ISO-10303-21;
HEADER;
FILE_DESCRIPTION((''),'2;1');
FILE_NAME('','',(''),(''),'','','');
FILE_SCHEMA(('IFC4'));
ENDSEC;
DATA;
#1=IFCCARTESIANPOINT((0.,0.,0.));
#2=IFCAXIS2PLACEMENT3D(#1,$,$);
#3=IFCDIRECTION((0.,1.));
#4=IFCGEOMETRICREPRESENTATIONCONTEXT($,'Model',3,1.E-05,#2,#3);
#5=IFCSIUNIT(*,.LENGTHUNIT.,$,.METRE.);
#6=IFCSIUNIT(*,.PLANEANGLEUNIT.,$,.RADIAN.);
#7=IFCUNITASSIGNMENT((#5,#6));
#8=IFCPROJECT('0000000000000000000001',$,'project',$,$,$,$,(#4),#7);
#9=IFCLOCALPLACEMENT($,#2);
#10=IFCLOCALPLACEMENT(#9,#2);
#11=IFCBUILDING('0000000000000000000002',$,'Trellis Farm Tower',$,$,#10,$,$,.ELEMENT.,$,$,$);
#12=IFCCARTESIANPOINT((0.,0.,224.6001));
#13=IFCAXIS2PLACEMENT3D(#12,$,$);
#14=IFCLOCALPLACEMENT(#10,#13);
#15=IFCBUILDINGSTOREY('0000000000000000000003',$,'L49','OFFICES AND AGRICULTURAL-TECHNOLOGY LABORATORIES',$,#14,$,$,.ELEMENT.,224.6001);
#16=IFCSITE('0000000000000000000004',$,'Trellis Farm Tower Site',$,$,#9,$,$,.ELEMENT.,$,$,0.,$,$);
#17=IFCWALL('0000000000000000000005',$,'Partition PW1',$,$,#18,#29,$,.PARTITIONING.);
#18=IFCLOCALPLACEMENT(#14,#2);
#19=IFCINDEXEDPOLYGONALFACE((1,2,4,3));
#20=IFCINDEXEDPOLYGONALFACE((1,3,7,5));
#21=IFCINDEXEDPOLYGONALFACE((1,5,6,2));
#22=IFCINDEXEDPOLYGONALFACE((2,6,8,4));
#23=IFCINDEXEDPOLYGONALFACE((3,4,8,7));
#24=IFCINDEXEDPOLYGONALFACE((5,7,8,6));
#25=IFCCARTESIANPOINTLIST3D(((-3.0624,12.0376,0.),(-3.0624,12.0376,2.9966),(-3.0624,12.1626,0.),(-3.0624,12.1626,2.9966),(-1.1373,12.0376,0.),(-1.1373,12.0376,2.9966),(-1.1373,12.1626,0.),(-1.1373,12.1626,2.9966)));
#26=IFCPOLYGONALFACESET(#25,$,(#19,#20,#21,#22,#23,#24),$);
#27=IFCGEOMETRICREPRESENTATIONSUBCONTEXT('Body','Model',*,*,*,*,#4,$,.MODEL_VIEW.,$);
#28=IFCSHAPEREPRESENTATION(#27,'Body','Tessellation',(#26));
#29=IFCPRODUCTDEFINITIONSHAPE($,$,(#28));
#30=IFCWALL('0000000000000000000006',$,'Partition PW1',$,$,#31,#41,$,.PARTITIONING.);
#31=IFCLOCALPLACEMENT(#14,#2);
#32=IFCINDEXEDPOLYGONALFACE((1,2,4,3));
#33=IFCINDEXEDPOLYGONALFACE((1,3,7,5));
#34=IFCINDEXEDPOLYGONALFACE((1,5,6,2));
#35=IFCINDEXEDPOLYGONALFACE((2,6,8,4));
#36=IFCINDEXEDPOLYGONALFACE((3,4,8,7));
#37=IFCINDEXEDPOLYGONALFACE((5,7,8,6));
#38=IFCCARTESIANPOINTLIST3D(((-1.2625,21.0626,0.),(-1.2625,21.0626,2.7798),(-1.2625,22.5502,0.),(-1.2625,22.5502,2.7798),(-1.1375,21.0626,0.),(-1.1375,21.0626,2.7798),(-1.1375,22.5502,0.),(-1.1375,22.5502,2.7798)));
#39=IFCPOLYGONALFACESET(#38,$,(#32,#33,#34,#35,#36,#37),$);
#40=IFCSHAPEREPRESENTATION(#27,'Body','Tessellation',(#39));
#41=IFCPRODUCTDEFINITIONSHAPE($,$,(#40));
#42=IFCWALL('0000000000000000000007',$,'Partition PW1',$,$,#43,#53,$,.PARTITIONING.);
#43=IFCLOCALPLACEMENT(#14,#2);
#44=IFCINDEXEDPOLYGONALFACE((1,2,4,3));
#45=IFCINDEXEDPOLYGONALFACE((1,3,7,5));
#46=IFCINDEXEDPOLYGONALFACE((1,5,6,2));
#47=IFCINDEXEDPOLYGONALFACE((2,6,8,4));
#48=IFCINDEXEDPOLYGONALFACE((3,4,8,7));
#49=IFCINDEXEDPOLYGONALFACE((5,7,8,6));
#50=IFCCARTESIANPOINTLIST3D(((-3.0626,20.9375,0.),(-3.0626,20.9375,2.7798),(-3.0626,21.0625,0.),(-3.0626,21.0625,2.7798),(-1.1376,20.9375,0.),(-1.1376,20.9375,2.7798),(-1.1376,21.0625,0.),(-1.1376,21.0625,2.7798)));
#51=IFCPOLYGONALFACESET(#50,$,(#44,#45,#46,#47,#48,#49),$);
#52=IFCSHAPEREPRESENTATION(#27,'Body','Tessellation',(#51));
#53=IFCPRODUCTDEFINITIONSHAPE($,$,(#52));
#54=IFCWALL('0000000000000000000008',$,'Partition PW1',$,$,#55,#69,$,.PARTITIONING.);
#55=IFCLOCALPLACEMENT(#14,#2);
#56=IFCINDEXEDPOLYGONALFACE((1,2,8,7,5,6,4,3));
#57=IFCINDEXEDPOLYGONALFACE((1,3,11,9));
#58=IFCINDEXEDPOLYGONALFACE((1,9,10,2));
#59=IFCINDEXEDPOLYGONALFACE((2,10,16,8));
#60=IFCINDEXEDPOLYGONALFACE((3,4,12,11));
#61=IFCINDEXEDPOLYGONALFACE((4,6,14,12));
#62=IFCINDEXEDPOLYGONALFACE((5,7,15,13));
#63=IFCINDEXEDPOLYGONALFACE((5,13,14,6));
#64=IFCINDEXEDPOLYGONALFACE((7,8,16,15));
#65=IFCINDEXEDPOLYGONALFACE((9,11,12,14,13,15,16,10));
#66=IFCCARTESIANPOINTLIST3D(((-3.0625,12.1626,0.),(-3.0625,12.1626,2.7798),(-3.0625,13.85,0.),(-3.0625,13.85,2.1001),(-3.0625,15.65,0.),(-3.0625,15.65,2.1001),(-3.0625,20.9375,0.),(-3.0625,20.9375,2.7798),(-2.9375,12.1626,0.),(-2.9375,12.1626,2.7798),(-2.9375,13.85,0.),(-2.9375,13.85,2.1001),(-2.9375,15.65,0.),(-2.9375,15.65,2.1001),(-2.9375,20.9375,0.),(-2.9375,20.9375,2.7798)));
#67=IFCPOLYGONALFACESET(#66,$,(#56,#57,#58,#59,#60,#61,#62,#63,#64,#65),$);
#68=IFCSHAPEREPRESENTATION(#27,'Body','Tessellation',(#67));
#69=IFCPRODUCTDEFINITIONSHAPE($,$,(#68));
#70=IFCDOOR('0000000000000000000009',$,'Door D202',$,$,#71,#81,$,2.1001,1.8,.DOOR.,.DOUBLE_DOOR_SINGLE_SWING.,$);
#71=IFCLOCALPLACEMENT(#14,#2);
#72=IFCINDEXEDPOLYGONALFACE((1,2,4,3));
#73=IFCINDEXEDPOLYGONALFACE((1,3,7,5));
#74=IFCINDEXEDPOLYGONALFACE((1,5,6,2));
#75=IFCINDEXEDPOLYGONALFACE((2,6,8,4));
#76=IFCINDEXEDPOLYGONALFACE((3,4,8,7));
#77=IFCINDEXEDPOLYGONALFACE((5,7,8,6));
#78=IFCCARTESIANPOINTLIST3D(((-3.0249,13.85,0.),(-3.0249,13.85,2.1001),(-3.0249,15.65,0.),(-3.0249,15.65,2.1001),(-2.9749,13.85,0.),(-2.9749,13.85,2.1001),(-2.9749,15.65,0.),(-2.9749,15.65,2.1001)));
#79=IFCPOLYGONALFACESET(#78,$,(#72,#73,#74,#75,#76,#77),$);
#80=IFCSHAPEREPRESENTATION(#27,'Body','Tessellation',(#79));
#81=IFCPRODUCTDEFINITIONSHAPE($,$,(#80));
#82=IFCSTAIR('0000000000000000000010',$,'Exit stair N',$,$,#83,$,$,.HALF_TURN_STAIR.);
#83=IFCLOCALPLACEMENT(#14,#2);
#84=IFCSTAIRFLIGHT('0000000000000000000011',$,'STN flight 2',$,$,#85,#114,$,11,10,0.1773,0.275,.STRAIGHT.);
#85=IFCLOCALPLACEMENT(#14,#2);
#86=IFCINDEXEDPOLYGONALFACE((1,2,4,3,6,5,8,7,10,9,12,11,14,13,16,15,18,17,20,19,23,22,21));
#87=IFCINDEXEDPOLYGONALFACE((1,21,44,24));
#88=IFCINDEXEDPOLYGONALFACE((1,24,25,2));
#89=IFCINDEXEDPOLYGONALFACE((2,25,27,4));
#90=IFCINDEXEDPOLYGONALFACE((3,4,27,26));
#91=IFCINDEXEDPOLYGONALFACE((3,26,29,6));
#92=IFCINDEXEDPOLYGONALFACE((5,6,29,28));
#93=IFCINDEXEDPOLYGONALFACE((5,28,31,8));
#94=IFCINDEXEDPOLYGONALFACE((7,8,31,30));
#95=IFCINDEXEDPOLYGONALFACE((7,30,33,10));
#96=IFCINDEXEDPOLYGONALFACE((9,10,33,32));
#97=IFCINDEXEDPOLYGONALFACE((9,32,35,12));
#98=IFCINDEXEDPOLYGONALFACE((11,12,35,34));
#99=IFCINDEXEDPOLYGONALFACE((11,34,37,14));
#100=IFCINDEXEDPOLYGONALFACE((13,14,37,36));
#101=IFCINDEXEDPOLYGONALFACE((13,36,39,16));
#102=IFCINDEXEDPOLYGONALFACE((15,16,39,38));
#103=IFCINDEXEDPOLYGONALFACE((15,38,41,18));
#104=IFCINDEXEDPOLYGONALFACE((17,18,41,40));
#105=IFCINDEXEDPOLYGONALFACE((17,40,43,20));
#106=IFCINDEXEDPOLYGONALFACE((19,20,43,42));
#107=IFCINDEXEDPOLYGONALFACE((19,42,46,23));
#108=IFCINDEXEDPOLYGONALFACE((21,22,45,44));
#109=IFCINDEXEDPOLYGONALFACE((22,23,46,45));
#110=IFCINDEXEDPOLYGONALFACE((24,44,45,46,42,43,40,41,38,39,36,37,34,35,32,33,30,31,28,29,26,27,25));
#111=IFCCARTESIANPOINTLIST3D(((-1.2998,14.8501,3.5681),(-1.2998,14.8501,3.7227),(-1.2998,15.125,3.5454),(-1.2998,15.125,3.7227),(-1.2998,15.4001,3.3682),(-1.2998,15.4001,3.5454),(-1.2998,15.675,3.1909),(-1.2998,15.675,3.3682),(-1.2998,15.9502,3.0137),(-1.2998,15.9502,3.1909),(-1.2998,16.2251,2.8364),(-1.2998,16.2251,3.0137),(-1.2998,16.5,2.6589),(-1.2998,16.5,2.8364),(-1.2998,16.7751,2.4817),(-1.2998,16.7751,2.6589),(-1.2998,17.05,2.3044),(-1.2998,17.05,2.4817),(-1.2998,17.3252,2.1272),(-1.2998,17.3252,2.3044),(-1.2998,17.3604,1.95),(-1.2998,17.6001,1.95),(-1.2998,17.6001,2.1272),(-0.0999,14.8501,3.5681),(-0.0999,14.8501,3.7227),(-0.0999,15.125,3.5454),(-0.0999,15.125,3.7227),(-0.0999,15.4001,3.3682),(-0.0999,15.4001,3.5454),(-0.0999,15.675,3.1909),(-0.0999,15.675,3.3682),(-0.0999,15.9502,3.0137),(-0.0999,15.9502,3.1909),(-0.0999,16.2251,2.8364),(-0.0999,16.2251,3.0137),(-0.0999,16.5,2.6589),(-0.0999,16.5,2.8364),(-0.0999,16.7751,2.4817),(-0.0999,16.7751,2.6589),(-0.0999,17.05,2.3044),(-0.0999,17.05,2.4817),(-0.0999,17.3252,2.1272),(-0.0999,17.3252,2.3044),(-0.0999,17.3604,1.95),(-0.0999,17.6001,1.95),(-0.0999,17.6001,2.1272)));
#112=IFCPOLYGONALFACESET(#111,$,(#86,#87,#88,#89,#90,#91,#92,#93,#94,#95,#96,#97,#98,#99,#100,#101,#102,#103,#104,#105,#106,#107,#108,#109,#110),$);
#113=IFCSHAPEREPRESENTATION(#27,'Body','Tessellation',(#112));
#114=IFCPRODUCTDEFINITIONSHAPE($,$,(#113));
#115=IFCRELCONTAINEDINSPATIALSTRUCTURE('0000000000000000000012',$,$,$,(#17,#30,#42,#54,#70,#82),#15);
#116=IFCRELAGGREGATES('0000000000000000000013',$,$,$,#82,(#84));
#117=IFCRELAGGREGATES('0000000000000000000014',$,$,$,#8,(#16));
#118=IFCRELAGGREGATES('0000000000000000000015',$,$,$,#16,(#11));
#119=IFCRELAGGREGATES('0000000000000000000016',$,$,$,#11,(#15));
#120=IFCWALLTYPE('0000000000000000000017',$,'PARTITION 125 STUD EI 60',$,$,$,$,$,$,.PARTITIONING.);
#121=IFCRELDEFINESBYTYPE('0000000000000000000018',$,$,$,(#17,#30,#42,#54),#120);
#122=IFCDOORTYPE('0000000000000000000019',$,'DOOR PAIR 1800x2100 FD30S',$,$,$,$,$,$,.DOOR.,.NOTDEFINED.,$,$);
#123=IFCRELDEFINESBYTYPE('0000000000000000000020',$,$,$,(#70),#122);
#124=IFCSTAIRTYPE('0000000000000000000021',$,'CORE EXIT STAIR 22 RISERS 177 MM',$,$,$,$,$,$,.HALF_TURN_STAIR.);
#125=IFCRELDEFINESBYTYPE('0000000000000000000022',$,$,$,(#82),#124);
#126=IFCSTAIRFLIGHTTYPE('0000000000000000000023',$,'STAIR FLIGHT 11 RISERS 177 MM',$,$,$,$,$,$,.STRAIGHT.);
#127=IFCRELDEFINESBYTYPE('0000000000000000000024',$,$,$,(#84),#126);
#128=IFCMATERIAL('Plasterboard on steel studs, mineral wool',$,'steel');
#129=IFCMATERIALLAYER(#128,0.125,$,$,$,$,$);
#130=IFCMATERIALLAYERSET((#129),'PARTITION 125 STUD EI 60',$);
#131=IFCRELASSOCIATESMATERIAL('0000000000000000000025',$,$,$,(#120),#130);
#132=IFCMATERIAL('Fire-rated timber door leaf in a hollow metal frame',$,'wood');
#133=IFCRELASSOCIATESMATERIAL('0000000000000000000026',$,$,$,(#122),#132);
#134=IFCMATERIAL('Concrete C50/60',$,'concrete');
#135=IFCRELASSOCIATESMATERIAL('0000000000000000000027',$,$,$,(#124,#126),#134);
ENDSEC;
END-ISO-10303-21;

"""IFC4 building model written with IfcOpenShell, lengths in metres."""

from ifc_helpers import new_model, si_unit, direction, frame, frame_2d, origin, place, context, subcontext, project, spatial, polyline, rectangle, outline, extrude, source, transform, mapped, material, layer, layer_set, type_object, element, fill, aggregate, save


model = new_model("IFC4")

# Units and contexts
model_context = context("Model", 3, precision=1e-05, world=origin(), true_north=direction((0.0, 1.0)))
body_context = subcontext(model_context, "Body", "Model", "MODEL_VIEW")
ifc_project = project(units=[si_unit("LENGTHUNIT", "METRE"), si_unit("PLANEANGLEUNIT", "RADIAN")], contexts=[model_context])

# Site, building, storey
site_placement = place(None, origin())
site = spatial("IfcSite", under=ifc_project, at=site_placement, Name="Trellis Farm Tower Site", CompositionType="ELEMENT", RefElevation=0.0)
building_placement = place(site_placement, origin())
building = spatial("IfcBuilding", under=site, at=building_placement, Name="Trellis Farm Tower", CompositionType="ELEMENT")
storey_placement = place(building_placement, frame((0.0, 0.0, 224.6001)))
storey = spatial("IfcBuildingStorey", under=building, at=storey_placement, Name="L49", Description="OFFICES AND AGRICULTURAL-TECHNOLOGY LABORATORIES", CompositionType="ELEMENT", Elevation=224.6001)

# Shared definitions
placement_1 = place(storey_placement, origin())

# Walls
ifc_material_1 = material(Name="Plasterboard on steel studs, mineral wool", Category="steel")
ifc_layer_1 = layer(ifc_material_1, 0.125)
ifc_layer_set_1 = layer_set([ifc_layer_1], Name="PARTITION 125 STUD EI 60")
wall_type_1 = type_object("IfcWallType", Name="PARTITION 125 STUD EI 60", PredefinedType="PARTITIONING", material=ifc_layer_set_1)
shared_shape_1 = source(origin(), body_context, "Body", "SweptSolid", [
    extrude(rectangle(XDim=1.925, YDim=0.125, at=frame_2d((0.9624, 0.0))), origin(), (0.0, 0.0, 1.0), 2.9966),
])
wall_1_placement = place(storey_placement, frame((-1.1375, 12.1001, 0.0), z_axis=(0.0, 0.0, 1.0), x_axis=(-1.0, 0.0, 0.0)))
element("IfcWall", 1, at=wall_1_placement, inside=storey, type_object=wall_type_1, Name="Partition PW1", PredefinedType="PARTITIONING", context=body_context, shape_type="MappedRepresentation", body=[
    mapped(shared_shape_1, transform((0.0, 0.0, 0.0))),
])
shared_shape_2 = source(origin(), body_context, "Body", "SweptSolid", [
    extrude(rectangle(XDim=1.4875, YDim=0.125, at=frame_2d((0.7437, 0.0))), origin(), (0.0, 0.0, 1.0), 2.7798),
])
wall_2_placement = place(storey_placement, frame((-1.2, 22.55, 0.0), z_axis=(0.0, 0.0, 1.0), x_axis=(0.0, -1.0, 0.0)))
element("IfcWall", 2, at=wall_2_placement, inside=storey, type_object=wall_type_1, Name="Partition PW1", PredefinedType="PARTITIONING", context=body_context, shape_type="MappedRepresentation", body=[
    mapped(shared_shape_2, transform((0.0, 0.0, 0.0))),
])
shared_shape_3 = source(origin(), body_context, "Body", "SweptSolid", [
    extrude(rectangle(XDim=1.925, YDim=0.125, at=frame_2d((0.9624, 0.0))), origin(), (0.0, 0.0, 1.0), 2.7798),
])
wall_3_placement = place(storey_placement, frame((-3.0625, 21.0, 0.0), z_axis=(0.0, 0.0, 1.0), x_axis=(1.0, 0.0, 0.0)))
element("IfcWall", 3, at=wall_3_placement, inside=storey, type_object=wall_type_1, Name="Partition PW1", PredefinedType="PARTITIONING", context=body_context, shape_type="MappedRepresentation", body=[
    mapped(shared_shape_3, transform((0.0, 0.0, 0.0))),
])

# Wall, opening, door
shared_shape_4 = source(origin(), body_context, "Body", "SweptSolid", [
    extrude(rectangle(XDim=8.7749, YDim=0.125, at=frame_2d((4.3875, 0.0))), origin(), (0.0, 0.0, 1.0), 2.7798),
])
wall_4_placement = place(storey_placement, frame((-3.0, 12.1626, 0.0), z_axis=(0.0, 0.0, 1.0), x_axis=(0.0, 1.0, 0.0)))
wall_4 = element("IfcWall", 4, at=wall_4_placement, inside=storey, type_object=wall_type_1, Name="Partition PW1", PredefinedType="PARTITIONING", context=body_context, shape_type="MappedRepresentation", body=[
    mapped(shared_shape_4, transform((0.0, 0.0, 0.0))),
])
shared_shape_5 = source(origin(), body_context, "Body", "SweptSolid", [
    extrude(rectangle(XDim=1.8, YDim=2.1001, at=frame_2d((0.8999, 1.05))), frame((0.0, 0.0725, 0.0), z_axis=(0.0, -1.0, 0.0), x_axis=(1.0, 0.0, 0.0)), (0.0, 0.0, 1.0), 0.145),
])
opening_1_placement = place(wall_4_placement, frame((1.6875, 0.0, 0.0)))
opening_1 = element("IfcOpeningElement", 5, at=opening_1_placement, cuts=wall_4, PredefinedType="OPENING", context=body_context, shape_type="MappedRepresentation", body=[
    mapped(shared_shape_5, transform((0.0, 0.0, 0.0))),
])
ifc_material_2 = material(Name="Fire-rated timber door leaf in a hollow metal frame", Category="wood")
door_type_1 = type_object("IfcDoorType", Name="DOOR PAIR 1800x2100 FD30S", OperationType="NOTDEFINED", PredefinedType="DOOR", material=ifc_material_2)
shared_shape_6 = source(origin(), body_context, "Body", "SweptSolid", [
    extrude(rectangle(XDim=1.8, YDim=2.1001, at=frame_2d((0.8999, 1.05))), frame((0.0, 0.0249, 0.0), z_axis=(0.0, -1.0, 0.0), x_axis=(1.0, 0.0, 0.0)), (0.0, 0.0, 1.0), 0.05),
])
door_1_placement = place(opening_1_placement, origin())
door_1 = element("IfcDoor", 6, at=door_1_placement, inside=storey, type_object=door_type_1, Name="Door D202", OperationType="DOUBLE_DOOR_SINGLE_SWING", OverallHeight=2.1001, OverallWidth=1.8, PredefinedType="DOOR", context=body_context, shape_type="MappedRepresentation", body=[
    mapped(shared_shape_6, transform((0.0, 0.0, 0.0))),
])
fill(opening_1, door_1)

# Stair, stair flight
ifc_material_3 = material(Name="Concrete C50/60", Category="concrete")
stair_type = type_object("IfcStairType", Name="CORE EXIT STAIR 22 RISERS 177 MM", PredefinedType="HALF_TURN_STAIR", material=ifc_material_3)
stair = element("IfcStair", 7, at=placement_1, inside=storey, type_object=stair_type, Name="Exit stair N", PredefinedType="HALF_TURN_STAIR")
stair_flight_type = type_object("IfcStairFlightType", Name="STAIR FLIGHT 11 RISERS 177 MM", PredefinedType="STRAIGHT", material=ifc_material_3)
shared_shape_7 = source(origin(), body_context, "Body", "SweptSolid", [
    extrude(outline(polyline([(0.0, 0.0), (0.0, 0.1772), (0.2749, 0.1772), (0.2749, 0.3545), (0.55, 0.3545), (0.55, 0.5317), (0.825, 0.5317), (0.825, 0.709), (1.1001, 0.709), (1.1001, 0.8865), (1.375, 0.8865), (1.375, 1.0637), (1.6499, 1.0637), (1.6499, 1.241), (1.925, 1.241), (1.925, 1.4182), (2.2, 1.4182), (2.2, 1.5955), (2.4751, 1.5955), (2.4751, 1.7727), (2.75, 1.7727), (2.75, 1.95), (2.75, 1.6182), (0.2397, 0.0), (0.0, 0.0)])), frame((0.0, 0.6001, 0.0), z_axis=(0.0, -1.0, 0.0), x_axis=(1.0, 0.0, 0.0)), (0.0, 0.0, 1.0), 1.2),
])
stair_flight_placement = place(storey_placement, frame((-0.7, 17.6001, 1.95), z_axis=(0.0, 0.0, 1.0), x_axis=(0.0, -1.0, 0.0)))
stair_flight = element("IfcStairFlight", 8, at=stair_flight_placement, type_object=stair_flight_type, Name="STN flight 2", NumberOfRisers=11, NumberOfTreads=10, PredefinedType="STRAIGHT", RiserHeight=0.1773, TreadLength=0.275, context=body_context, shape_type="MappedRepresentation", body=[
    mapped(shared_shape_7, transform((0.0, 0.0, 0.0))),
])
aggregate(stair, [stair_flight])

save(model, "model.ifc")
